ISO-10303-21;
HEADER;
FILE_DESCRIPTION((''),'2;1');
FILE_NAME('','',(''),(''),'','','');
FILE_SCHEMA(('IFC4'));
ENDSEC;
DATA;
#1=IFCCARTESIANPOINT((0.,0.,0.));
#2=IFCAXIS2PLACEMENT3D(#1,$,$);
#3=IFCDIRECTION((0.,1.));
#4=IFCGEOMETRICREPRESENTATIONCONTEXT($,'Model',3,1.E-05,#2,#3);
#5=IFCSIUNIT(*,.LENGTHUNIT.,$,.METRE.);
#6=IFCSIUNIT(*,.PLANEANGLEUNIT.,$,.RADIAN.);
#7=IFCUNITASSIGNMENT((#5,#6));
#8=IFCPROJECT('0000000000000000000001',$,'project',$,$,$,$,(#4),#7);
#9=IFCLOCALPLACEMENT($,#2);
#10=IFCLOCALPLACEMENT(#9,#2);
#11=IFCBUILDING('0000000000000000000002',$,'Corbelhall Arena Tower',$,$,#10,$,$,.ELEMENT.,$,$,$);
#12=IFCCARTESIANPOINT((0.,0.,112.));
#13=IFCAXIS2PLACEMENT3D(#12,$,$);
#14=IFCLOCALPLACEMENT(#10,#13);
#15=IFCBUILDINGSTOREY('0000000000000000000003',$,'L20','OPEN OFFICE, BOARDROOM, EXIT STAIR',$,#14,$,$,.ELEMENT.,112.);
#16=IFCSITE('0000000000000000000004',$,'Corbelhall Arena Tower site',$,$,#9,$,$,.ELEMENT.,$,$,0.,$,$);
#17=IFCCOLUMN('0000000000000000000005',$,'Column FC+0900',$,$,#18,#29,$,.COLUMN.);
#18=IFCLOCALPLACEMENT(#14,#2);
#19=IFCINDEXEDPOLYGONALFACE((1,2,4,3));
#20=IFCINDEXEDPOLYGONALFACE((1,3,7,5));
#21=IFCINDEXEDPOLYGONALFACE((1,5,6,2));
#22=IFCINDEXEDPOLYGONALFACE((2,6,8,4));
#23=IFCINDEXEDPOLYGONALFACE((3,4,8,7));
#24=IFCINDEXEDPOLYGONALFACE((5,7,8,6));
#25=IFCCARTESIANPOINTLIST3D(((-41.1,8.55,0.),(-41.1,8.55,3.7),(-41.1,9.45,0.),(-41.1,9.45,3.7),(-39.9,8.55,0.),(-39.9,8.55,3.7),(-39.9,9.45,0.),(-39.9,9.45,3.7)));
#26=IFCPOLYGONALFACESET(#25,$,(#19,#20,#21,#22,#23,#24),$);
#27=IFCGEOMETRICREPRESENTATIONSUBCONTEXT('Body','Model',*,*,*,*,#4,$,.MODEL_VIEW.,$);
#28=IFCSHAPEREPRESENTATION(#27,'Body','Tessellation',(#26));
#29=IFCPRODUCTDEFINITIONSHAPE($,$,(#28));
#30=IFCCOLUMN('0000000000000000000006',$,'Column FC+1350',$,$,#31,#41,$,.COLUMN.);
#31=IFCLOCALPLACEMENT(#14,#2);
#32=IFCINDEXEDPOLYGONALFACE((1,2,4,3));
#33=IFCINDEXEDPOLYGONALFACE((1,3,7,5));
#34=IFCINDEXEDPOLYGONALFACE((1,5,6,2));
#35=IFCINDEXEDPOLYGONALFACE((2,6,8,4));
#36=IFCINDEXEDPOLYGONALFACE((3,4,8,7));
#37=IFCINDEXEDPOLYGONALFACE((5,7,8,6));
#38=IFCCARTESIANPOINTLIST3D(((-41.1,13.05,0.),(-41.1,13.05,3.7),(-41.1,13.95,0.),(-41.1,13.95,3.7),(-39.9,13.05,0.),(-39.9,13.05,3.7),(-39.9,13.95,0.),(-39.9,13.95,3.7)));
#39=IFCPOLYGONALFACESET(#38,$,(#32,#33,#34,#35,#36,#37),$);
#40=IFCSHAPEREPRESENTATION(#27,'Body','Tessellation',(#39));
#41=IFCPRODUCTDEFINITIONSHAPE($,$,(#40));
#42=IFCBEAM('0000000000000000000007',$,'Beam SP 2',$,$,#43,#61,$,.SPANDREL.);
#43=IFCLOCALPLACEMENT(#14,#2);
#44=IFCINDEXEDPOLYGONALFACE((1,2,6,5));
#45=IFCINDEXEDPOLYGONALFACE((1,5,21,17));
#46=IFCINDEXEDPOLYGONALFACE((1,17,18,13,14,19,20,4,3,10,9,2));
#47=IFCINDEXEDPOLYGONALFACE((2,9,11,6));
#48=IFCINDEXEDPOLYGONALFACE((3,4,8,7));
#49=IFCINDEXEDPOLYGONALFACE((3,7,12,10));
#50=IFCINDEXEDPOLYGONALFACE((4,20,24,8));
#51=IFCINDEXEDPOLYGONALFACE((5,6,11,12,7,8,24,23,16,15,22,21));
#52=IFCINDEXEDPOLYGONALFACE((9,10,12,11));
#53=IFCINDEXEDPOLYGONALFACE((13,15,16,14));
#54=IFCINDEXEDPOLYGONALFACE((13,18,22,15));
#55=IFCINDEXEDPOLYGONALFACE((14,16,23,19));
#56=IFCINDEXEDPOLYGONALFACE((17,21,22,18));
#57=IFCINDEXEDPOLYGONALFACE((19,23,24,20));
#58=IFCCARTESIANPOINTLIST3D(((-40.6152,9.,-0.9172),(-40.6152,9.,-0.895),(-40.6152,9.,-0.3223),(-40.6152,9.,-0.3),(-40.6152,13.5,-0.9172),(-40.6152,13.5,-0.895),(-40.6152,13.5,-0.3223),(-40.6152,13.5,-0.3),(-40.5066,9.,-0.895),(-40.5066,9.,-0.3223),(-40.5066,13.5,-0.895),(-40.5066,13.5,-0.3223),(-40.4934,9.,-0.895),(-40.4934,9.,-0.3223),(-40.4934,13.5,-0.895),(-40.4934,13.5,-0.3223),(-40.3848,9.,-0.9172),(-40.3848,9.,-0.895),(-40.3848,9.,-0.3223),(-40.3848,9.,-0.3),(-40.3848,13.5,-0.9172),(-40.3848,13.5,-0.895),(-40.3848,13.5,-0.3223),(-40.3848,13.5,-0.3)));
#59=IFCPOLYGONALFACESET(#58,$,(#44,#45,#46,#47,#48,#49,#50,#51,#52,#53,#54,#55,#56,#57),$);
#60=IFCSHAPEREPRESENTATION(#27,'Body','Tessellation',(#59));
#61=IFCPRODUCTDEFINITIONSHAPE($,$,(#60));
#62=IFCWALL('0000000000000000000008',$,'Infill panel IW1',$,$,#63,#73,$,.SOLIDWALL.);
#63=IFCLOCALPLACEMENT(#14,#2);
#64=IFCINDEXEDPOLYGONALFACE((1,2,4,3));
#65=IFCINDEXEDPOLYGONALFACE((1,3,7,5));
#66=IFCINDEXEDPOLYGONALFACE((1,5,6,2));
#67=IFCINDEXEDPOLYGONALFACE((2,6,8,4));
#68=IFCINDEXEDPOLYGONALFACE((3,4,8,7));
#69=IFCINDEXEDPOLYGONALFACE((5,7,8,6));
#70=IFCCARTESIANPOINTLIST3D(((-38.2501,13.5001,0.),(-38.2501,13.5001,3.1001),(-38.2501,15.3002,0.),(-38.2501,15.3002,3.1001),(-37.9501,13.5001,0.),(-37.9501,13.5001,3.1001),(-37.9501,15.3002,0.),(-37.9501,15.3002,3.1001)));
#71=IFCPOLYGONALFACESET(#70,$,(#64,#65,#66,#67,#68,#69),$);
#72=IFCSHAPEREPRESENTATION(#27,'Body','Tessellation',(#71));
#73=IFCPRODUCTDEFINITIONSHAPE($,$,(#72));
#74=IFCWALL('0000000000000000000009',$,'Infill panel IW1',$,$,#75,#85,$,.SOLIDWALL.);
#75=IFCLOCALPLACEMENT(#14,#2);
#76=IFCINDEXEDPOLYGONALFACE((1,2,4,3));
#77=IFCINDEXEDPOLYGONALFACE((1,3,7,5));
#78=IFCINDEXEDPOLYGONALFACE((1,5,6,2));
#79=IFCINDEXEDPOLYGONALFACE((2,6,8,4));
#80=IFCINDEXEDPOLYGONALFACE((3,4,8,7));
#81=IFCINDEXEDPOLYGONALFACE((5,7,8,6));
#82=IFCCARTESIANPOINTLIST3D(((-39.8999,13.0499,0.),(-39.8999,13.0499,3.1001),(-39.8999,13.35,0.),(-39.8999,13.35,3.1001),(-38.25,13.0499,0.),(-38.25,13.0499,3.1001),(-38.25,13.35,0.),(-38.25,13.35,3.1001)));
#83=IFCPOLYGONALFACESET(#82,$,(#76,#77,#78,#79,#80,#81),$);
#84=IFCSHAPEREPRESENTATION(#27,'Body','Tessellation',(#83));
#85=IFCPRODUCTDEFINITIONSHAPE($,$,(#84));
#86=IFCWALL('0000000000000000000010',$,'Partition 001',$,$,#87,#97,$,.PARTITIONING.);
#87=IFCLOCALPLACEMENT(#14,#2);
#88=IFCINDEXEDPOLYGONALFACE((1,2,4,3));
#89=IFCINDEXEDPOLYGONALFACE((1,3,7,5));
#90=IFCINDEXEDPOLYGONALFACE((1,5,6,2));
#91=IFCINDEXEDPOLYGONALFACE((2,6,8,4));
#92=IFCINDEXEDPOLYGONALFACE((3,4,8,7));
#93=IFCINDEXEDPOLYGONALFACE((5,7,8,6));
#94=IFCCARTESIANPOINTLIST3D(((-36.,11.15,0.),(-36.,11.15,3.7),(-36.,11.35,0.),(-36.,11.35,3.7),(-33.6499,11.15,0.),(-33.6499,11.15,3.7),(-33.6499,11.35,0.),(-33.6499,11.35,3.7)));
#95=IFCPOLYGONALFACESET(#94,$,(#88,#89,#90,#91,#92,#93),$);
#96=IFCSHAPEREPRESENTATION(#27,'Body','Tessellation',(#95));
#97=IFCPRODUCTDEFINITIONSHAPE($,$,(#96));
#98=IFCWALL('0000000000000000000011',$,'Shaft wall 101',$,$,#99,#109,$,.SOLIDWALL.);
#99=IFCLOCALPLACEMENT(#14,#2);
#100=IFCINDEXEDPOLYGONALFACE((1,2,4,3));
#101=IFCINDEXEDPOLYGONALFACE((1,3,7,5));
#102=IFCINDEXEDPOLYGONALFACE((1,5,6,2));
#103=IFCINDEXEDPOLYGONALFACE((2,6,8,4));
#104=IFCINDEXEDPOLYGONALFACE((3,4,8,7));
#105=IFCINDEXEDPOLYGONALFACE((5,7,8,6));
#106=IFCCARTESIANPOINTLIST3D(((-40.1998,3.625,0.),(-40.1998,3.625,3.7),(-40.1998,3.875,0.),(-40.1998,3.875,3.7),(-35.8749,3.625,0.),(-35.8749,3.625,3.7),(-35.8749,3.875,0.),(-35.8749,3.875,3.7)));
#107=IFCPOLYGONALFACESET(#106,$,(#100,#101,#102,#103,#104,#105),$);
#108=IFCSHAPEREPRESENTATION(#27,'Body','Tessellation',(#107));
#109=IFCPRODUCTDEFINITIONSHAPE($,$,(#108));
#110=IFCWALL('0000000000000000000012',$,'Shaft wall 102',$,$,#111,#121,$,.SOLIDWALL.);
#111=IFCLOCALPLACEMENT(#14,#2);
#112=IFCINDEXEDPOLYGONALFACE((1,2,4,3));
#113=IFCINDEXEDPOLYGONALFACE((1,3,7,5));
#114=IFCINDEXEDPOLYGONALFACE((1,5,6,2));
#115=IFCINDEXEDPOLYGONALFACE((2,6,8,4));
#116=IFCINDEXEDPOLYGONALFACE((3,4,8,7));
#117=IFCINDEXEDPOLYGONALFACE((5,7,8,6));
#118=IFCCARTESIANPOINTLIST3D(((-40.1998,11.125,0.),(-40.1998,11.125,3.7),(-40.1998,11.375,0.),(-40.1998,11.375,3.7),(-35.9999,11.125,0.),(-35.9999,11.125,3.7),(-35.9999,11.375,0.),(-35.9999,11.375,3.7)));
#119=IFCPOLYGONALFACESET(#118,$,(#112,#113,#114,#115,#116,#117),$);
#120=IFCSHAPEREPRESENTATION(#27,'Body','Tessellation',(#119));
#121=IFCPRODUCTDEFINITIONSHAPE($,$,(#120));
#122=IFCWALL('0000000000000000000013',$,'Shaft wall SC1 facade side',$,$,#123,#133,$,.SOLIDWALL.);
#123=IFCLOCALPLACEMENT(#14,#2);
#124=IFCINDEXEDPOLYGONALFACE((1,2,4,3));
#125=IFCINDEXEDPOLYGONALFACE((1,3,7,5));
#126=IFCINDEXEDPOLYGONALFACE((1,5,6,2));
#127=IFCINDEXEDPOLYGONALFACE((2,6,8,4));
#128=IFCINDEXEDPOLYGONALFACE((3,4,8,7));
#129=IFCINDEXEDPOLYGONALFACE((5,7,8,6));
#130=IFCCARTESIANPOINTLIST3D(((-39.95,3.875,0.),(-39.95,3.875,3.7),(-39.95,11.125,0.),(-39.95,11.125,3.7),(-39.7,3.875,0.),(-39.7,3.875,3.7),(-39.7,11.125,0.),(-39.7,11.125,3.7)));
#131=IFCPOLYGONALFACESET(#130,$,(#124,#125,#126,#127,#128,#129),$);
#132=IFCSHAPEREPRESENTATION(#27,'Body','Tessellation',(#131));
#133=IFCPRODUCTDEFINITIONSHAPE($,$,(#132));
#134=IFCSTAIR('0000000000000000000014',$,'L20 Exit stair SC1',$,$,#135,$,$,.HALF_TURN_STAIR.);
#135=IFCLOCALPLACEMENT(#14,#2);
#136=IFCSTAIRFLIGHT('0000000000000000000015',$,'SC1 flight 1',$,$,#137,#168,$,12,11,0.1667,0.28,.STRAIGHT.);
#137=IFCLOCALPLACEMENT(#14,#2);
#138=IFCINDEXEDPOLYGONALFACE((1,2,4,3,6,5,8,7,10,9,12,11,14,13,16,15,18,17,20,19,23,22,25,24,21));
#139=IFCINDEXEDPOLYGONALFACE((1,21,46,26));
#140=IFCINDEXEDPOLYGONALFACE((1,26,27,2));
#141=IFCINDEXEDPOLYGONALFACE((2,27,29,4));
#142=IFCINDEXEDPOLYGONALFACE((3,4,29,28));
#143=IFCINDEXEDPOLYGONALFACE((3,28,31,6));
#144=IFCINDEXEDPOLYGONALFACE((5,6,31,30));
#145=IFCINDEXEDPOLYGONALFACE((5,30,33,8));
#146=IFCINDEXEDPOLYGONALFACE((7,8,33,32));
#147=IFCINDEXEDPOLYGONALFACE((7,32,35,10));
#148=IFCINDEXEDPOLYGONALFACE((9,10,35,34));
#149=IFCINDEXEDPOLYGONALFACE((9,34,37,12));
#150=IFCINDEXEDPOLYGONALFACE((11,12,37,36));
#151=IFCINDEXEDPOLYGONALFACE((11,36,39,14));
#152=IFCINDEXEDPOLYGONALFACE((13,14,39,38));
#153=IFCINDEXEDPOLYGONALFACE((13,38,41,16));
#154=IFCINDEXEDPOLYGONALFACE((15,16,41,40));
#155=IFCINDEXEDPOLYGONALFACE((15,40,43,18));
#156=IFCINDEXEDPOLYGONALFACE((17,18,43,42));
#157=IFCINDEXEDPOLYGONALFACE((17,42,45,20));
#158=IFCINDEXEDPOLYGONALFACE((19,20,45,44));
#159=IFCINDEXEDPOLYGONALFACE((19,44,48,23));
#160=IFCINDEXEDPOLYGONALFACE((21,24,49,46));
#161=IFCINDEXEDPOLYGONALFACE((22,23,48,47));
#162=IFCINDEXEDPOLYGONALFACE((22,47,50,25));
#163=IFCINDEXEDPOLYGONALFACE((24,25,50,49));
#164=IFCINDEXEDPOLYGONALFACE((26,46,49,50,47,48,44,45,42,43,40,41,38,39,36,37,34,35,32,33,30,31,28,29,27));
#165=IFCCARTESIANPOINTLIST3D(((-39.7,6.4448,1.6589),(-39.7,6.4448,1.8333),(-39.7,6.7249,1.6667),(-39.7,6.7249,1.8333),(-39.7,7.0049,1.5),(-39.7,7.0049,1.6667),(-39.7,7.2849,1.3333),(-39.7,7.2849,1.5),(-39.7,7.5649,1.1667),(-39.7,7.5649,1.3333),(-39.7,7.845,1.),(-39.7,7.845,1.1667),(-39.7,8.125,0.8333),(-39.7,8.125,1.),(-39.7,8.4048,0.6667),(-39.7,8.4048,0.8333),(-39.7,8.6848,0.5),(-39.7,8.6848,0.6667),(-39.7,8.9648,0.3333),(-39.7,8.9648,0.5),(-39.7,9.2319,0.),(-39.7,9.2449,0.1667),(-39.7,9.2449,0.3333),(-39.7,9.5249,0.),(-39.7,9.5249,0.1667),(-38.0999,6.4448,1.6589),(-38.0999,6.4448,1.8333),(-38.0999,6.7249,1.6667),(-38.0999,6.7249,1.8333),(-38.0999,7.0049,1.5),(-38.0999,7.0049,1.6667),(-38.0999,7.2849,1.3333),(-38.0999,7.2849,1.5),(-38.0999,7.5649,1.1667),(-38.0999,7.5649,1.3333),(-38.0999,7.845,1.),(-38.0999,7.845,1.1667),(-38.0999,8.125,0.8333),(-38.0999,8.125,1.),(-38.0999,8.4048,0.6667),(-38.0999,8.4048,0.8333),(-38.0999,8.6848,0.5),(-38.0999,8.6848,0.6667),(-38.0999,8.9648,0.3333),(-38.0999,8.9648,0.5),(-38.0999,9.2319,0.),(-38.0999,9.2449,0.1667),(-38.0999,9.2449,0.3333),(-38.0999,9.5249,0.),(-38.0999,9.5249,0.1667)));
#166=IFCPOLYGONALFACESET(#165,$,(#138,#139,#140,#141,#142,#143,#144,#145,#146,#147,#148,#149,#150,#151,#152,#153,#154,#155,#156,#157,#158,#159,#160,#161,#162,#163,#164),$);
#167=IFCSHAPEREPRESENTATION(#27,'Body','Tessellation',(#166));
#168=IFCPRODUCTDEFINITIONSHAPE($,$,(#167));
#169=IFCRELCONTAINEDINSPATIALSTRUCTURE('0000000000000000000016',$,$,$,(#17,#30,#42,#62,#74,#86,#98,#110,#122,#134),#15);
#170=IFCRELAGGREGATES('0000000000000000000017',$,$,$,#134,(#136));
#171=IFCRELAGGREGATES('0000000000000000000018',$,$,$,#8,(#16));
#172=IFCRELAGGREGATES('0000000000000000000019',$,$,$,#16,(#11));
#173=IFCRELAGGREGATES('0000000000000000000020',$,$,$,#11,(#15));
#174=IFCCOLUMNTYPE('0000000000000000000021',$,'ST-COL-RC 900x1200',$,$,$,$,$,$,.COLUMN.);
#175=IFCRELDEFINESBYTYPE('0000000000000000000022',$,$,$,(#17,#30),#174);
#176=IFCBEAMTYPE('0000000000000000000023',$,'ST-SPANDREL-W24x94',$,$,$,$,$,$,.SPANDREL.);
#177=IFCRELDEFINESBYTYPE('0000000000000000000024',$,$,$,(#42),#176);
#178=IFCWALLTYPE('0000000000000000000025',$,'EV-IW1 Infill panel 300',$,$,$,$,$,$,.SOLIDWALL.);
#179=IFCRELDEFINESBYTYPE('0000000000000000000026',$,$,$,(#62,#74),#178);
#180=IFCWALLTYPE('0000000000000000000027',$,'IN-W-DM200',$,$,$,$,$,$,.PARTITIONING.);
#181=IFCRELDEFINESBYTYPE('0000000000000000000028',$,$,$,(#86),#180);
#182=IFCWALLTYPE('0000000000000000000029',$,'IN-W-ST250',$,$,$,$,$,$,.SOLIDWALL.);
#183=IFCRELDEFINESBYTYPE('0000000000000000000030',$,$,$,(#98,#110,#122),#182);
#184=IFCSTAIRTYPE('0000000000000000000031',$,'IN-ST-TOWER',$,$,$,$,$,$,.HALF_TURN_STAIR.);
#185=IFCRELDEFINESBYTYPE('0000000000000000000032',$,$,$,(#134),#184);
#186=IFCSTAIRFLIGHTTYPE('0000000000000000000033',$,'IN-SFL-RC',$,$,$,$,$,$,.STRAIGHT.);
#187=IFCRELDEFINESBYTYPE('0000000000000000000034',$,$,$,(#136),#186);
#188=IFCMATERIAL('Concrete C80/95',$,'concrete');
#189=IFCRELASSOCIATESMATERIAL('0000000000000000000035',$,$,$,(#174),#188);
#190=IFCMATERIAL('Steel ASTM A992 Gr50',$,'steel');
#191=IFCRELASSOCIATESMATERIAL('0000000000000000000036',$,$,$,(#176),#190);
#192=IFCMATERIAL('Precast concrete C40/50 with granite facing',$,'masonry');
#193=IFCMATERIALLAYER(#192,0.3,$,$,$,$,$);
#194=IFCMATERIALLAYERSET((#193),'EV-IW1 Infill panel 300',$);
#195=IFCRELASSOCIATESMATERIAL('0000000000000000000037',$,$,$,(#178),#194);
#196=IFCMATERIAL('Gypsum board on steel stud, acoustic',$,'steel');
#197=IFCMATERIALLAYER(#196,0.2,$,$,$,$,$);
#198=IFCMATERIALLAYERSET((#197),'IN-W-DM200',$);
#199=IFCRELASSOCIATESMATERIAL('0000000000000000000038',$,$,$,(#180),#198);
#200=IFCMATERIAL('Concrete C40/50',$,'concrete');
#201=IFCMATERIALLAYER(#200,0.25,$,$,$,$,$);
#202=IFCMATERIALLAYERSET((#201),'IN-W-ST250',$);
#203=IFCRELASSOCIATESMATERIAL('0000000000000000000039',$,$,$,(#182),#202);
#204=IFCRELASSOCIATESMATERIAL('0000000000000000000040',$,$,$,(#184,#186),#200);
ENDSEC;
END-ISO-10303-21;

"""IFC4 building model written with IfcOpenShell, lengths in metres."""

from ifc_helpers import new_model, si_unit, direction, frame, frame_2d, origin, origin_2d, place, context, subcontext, project, spatial, polyline, rectangle, i_section, outline, extrude, material, layer, layer_set, material_profile, profile_set, type_object, element, aggregate, save


model = new_model("IFC4")

# Units and contexts
model_context = context("Model", 3, precision=1e-05, world=origin(), true_north=direction((0.0, 1.0)))
body_context = subcontext(model_context, "Body", "Model", "MODEL_VIEW")
ifc_project = project(units=[si_unit("LENGTHUNIT", "METRE"), si_unit("PLANEANGLEUNIT", "RADIAN")], contexts=[model_context])

# Site, building, storey
site_placement = place(None, origin())
site = spatial("IfcSite", under=ifc_project, at=site_placement, Name="Corbelhall Arena Tower site", CompositionType="ELEMENT", RefElevation=0.0)
building_placement = place(site_placement, origin())
building = spatial("IfcBuilding", under=site, at=building_placement, Name="Corbelhall Arena Tower", CompositionType="ELEMENT")
storey_placement = place(building_placement, frame((0.0, 0.0, 112.0)))
storey = spatial("IfcBuildingStorey", under=building, at=storey_placement, Name="L20", Description="OPEN OFFICE, BOARDROOM, EXIT STAIR", CompositionType="ELEMENT", Elevation=112.0)

# Columns
ifc_material_1 = material(Name="Concrete C80/95", Category="concrete")
ifc_material_profile_1 = material_profile(ifc_material_1, rectangle(XDim=0.8999, YDim=1.2, at=origin_2d()))
ifc_profile_set_1 = profile_set([ifc_material_profile_1], Name="Concrete C80/95")
column_type = type_object("IfcColumnType", Name="ST-COL-RC 900x1200", PredefinedType="COLUMN", material=ifc_profile_set_1)
for number, where, z_axis, x_axis, name in (
    (1, (-40.5, 9.0, 0.0), (0.0, 0.0, 1.0), (0.0, 1.0, 0.0), "Column FC+0900"),
    (2, (-40.5, 13.5, 0.0), (0.0, 0.0, 1.0), (0.0, 1.0, 0.0), "Column FC+1350"),
):
    element("IfcColumn", number, at=place(storey_placement, frame(where, z_axis=z_axis, x_axis=x_axis)), inside=storey, type_object=column_type, Name=name, PredefinedType="COLUMN", context=body_context, shape_type="SweptSolid", body=[
        extrude(rectangle(XDim=0.8999, YDim=1.2, at=origin_2d()), origin(), (0.0, 0.0, 1.0), 3.7),
    ])

# Beam
ifc_material_2 = material(Name="Steel ASTM A992 Gr50", Category="steel")
ifc_material_profile_2 = material_profile(ifc_material_2, i_section(OverallWidth=0.2305, OverallDepth=0.6172, WebThickness=0.0132, FlangeThickness=0.0222, at=origin_2d()))
ifc_profile_set_2 = profile_set([ifc_material_profile_2], Name="Steel ASTM A992 Gr50")
beam_type = type_object("IfcBeamType", Name="ST-SPANDREL-W24x94", PredefinedType="SPANDREL", material=ifc_profile_set_2)
beam_placement = place(storey_placement, frame((-40.5, 9.0, -0.6086), z_axis=(0.0, 1.0, 0.0), x_axis=(-1.0, 0.0, 0.0)))
element("IfcBeam", 3, at=beam_placement, inside=storey, type_object=beam_type, Name="Beam SP 2", PredefinedType="SPANDREL", context=body_context, shape_type="SweptSolid", body=[
    extrude(i_section(OverallWidth=0.2305, OverallDepth=0.6172, WebThickness=0.0132, FlangeThickness=0.0222, at=origin_2d()), origin(), (0.0, 0.0, 1.0), 4.5),
])

# Walls
ifc_material_3 = material(Name="Precast concrete C40/50 with granite facing", Category="masonry")
ifc_layer_1 = layer(ifc_material_3, 0.3)
ifc_layer_set_1 = layer_set([ifc_layer_1], Name="EV-IW1 Infill panel 300")
wall_type_1 = type_object("IfcWallType", Name="EV-IW1 Infill panel 300", PredefinedType="SOLIDWALL", material=ifc_layer_set_1)
wall_1_placement = place(storey_placement, frame((-38.1001, 15.3, 0.0), z_axis=(0.0, 0.0, 1.0), x_axis=(0.0, -1.0, 0.0)))
element("IfcWall", 4, at=wall_1_placement, inside=storey, type_object=wall_type_1, Name="Infill panel IW1", PredefinedType="SOLIDWALL", context=body_context, shape_type="SweptSolid", body=[
    extrude(rectangle(XDim=1.8, YDim=0.3, at=frame_2d((0.8999, 0.0))), origin(), (0.0, 0.0, 1.0), 3.1001),
])
wall_2_placement = place(storey_placement, frame((-39.8999, 13.2, 0.0), z_axis=(0.0, 0.0, 1.0), x_axis=(1.0, 0.0, 0.0)))
element("IfcWall", 5, at=wall_2_placement, inside=storey, type_object=wall_type_1, Name="Infill panel IW1", PredefinedType="SOLIDWALL", context=body_context, shape_type="SweptSolid", body=[
    extrude(rectangle(XDim=1.6499, YDim=0.3, at=frame_2d((0.825, 0.0))), origin(), (0.0, 0.0, 1.0), 3.1001),
])

# Walls
ifc_material_4 = material(Name="Gypsum board on steel stud, acoustic", Category="steel")
ifc_layer_2 = layer(ifc_material_4, 0.2)
ifc_layer_set_2 = layer_set([ifc_layer_2], Name="IN-W-DM200")
wall_type_2 = type_object("IfcWallType", Name="IN-W-DM200", PredefinedType="PARTITIONING", material=ifc_layer_set_2)
wall_3_placement = place(storey_placement, frame((-36.0, 11.25, 0.0), z_axis=(0.0, 0.0, 1.0), x_axis=(1.0, 0.0, 0.0)))
element("IfcWall", 6, at=wall_3_placement, inside=storey, type_object=wall_type_2, Name="Partition 001", PredefinedType="PARTITIONING", context=body_context, shape_type="SweptSolid", body=[
    extrude(rectangle(XDim=2.3501, YDim=0.2, at=frame_2d((1.175, 0.0))), origin(), (0.0, 0.0, 1.0), 3.7),
])
ifc_material_5 = material(Name="Concrete C40/50", Category="concrete")
ifc_layer_3 = layer(ifc_material_5, 0.25)
ifc_layer_set_3 = layer_set([ifc_layer_3], Name="IN-W-ST250")
wall_type_3 = type_object("IfcWallType", Name="IN-W-ST250", PredefinedType="SOLIDWALL", material=ifc_layer_set_3)
wall_4_placement = place(storey_placement, frame((-40.2, 3.75, 0.0), z_axis=(0.0, 0.0, 1.0), x_axis=(1.0, 0.0, 0.0)))
element("IfcWall", 7, at=wall_4_placement, inside=storey, type_object=wall_type_3, Name="Shaft wall 101", PredefinedType="SOLIDWALL", context=body_context, shape_type="SweptSolid", body=[
    extrude(rectangle(XDim=4.325, YDim=0.25, at=frame_2d((2.1626, 0.0))), origin(), (0.0, 0.0, 1.0), 3.7),
])
wall_5_placement = place(storey_placement, frame((-40.2, 11.25, 0.0), z_axis=(0.0, 0.0, 1.0), x_axis=(1.0, 0.0, 0.0)))
element("IfcWall", 8, at=wall_5_placement, inside=storey, type_object=wall_type_3, Name="Shaft wall 102", PredefinedType="SOLIDWALL", context=body_context, shape_type="SweptSolid", body=[
    extrude(rectangle(XDim=4.2, YDim=0.25, at=frame_2d((2.1001, 0.0))), origin(), (0.0, 0.0, 1.0), 3.7),
])
wall_6_placement = place(storey_placement, frame((-39.825, 3.875, 0.0), z_axis=(0.0, 0.0, 1.0), x_axis=(0.0, 1.0, 0.0)))
element("IfcWall", 9, at=wall_6_placement, inside=storey, type_object=wall_type_3, Name="Shaft wall SC1 facade side", PredefinedType="SOLIDWALL", context=body_context, shape_type="SweptSolid", body=[
    extrude(rectangle(XDim=7.25, YDim=0.25, at=frame_2d((3.625, 0.0))), origin(), (0.0, 0.0, 1.0), 3.7),
])

# Stair, stair flight
stair_type = type_object("IfcStairType", Name="IN-ST-TOWER", PredefinedType="HALF_TURN_STAIR", material=ifc_material_5)
stair_placement = place(storey_placement, origin())
stair = element("IfcStair", 10, at=stair_placement, inside=storey, type_object=stair_type, Name="L20 Exit stair SC1", PredefinedType="HALF_TURN_STAIR")
stair_flight_type = type_object("IfcStairFlightType", Name="IN-SFL-RC", PredefinedType="STRAIGHT", material=ifc_material_5)
stair_flight_1_placement = place(storey_placement, frame((-38.8999, 9.5249, 0.0), z_axis=(0.0, 0.0, 1.0), x_axis=(0.0, -1.0, 0.0)))
stair_flight_1 = element("IfcStairFlight", 11, at=stair_flight_1_placement, type_object=stair_flight_type, Name="SC1 flight 1", NumberOfRisers=12, NumberOfTreads=11, PredefinedType="STRAIGHT", RiserHeight=0.1667, TreadLength=0.28, context=body_context, shape_type="SweptSolid", body=[
    extrude(outline(polyline([(0.0, 0.0), (0.0, 0.1667), (0.28, 0.1667), (0.28, 0.3333), (0.5601, 0.3333), (0.5601, 0.5), (0.8401, 0.5), (0.8401, 0.6667), (1.1201, 0.6667), (1.1201, 0.8333), (1.3999, 0.8333), (1.3999, 1.0), (1.6799, 1.0), (1.6799, 1.1667), (1.96, 1.1667), (1.96, 1.3333), (2.24, 1.3333), (2.24, 1.5), (2.52, 1.5), (2.52, 1.6667), (2.8, 1.6667), (2.8, 1.8333), (3.0801, 1.8333), (3.0801, 2.0), (3.0801, 1.6589), (0.293, 0.0), (0.0, 0.0)])), frame((0.0, 0.8, 0.0), z_axis=(0.0, -1.0, 0.0), x_axis=(1.0, 0.0, 0.0)), (0.0, 0.0, 1.0), 1.6001),
])
aggregate(stair, [stair_flight_1])

save(model, "model.ifc")
